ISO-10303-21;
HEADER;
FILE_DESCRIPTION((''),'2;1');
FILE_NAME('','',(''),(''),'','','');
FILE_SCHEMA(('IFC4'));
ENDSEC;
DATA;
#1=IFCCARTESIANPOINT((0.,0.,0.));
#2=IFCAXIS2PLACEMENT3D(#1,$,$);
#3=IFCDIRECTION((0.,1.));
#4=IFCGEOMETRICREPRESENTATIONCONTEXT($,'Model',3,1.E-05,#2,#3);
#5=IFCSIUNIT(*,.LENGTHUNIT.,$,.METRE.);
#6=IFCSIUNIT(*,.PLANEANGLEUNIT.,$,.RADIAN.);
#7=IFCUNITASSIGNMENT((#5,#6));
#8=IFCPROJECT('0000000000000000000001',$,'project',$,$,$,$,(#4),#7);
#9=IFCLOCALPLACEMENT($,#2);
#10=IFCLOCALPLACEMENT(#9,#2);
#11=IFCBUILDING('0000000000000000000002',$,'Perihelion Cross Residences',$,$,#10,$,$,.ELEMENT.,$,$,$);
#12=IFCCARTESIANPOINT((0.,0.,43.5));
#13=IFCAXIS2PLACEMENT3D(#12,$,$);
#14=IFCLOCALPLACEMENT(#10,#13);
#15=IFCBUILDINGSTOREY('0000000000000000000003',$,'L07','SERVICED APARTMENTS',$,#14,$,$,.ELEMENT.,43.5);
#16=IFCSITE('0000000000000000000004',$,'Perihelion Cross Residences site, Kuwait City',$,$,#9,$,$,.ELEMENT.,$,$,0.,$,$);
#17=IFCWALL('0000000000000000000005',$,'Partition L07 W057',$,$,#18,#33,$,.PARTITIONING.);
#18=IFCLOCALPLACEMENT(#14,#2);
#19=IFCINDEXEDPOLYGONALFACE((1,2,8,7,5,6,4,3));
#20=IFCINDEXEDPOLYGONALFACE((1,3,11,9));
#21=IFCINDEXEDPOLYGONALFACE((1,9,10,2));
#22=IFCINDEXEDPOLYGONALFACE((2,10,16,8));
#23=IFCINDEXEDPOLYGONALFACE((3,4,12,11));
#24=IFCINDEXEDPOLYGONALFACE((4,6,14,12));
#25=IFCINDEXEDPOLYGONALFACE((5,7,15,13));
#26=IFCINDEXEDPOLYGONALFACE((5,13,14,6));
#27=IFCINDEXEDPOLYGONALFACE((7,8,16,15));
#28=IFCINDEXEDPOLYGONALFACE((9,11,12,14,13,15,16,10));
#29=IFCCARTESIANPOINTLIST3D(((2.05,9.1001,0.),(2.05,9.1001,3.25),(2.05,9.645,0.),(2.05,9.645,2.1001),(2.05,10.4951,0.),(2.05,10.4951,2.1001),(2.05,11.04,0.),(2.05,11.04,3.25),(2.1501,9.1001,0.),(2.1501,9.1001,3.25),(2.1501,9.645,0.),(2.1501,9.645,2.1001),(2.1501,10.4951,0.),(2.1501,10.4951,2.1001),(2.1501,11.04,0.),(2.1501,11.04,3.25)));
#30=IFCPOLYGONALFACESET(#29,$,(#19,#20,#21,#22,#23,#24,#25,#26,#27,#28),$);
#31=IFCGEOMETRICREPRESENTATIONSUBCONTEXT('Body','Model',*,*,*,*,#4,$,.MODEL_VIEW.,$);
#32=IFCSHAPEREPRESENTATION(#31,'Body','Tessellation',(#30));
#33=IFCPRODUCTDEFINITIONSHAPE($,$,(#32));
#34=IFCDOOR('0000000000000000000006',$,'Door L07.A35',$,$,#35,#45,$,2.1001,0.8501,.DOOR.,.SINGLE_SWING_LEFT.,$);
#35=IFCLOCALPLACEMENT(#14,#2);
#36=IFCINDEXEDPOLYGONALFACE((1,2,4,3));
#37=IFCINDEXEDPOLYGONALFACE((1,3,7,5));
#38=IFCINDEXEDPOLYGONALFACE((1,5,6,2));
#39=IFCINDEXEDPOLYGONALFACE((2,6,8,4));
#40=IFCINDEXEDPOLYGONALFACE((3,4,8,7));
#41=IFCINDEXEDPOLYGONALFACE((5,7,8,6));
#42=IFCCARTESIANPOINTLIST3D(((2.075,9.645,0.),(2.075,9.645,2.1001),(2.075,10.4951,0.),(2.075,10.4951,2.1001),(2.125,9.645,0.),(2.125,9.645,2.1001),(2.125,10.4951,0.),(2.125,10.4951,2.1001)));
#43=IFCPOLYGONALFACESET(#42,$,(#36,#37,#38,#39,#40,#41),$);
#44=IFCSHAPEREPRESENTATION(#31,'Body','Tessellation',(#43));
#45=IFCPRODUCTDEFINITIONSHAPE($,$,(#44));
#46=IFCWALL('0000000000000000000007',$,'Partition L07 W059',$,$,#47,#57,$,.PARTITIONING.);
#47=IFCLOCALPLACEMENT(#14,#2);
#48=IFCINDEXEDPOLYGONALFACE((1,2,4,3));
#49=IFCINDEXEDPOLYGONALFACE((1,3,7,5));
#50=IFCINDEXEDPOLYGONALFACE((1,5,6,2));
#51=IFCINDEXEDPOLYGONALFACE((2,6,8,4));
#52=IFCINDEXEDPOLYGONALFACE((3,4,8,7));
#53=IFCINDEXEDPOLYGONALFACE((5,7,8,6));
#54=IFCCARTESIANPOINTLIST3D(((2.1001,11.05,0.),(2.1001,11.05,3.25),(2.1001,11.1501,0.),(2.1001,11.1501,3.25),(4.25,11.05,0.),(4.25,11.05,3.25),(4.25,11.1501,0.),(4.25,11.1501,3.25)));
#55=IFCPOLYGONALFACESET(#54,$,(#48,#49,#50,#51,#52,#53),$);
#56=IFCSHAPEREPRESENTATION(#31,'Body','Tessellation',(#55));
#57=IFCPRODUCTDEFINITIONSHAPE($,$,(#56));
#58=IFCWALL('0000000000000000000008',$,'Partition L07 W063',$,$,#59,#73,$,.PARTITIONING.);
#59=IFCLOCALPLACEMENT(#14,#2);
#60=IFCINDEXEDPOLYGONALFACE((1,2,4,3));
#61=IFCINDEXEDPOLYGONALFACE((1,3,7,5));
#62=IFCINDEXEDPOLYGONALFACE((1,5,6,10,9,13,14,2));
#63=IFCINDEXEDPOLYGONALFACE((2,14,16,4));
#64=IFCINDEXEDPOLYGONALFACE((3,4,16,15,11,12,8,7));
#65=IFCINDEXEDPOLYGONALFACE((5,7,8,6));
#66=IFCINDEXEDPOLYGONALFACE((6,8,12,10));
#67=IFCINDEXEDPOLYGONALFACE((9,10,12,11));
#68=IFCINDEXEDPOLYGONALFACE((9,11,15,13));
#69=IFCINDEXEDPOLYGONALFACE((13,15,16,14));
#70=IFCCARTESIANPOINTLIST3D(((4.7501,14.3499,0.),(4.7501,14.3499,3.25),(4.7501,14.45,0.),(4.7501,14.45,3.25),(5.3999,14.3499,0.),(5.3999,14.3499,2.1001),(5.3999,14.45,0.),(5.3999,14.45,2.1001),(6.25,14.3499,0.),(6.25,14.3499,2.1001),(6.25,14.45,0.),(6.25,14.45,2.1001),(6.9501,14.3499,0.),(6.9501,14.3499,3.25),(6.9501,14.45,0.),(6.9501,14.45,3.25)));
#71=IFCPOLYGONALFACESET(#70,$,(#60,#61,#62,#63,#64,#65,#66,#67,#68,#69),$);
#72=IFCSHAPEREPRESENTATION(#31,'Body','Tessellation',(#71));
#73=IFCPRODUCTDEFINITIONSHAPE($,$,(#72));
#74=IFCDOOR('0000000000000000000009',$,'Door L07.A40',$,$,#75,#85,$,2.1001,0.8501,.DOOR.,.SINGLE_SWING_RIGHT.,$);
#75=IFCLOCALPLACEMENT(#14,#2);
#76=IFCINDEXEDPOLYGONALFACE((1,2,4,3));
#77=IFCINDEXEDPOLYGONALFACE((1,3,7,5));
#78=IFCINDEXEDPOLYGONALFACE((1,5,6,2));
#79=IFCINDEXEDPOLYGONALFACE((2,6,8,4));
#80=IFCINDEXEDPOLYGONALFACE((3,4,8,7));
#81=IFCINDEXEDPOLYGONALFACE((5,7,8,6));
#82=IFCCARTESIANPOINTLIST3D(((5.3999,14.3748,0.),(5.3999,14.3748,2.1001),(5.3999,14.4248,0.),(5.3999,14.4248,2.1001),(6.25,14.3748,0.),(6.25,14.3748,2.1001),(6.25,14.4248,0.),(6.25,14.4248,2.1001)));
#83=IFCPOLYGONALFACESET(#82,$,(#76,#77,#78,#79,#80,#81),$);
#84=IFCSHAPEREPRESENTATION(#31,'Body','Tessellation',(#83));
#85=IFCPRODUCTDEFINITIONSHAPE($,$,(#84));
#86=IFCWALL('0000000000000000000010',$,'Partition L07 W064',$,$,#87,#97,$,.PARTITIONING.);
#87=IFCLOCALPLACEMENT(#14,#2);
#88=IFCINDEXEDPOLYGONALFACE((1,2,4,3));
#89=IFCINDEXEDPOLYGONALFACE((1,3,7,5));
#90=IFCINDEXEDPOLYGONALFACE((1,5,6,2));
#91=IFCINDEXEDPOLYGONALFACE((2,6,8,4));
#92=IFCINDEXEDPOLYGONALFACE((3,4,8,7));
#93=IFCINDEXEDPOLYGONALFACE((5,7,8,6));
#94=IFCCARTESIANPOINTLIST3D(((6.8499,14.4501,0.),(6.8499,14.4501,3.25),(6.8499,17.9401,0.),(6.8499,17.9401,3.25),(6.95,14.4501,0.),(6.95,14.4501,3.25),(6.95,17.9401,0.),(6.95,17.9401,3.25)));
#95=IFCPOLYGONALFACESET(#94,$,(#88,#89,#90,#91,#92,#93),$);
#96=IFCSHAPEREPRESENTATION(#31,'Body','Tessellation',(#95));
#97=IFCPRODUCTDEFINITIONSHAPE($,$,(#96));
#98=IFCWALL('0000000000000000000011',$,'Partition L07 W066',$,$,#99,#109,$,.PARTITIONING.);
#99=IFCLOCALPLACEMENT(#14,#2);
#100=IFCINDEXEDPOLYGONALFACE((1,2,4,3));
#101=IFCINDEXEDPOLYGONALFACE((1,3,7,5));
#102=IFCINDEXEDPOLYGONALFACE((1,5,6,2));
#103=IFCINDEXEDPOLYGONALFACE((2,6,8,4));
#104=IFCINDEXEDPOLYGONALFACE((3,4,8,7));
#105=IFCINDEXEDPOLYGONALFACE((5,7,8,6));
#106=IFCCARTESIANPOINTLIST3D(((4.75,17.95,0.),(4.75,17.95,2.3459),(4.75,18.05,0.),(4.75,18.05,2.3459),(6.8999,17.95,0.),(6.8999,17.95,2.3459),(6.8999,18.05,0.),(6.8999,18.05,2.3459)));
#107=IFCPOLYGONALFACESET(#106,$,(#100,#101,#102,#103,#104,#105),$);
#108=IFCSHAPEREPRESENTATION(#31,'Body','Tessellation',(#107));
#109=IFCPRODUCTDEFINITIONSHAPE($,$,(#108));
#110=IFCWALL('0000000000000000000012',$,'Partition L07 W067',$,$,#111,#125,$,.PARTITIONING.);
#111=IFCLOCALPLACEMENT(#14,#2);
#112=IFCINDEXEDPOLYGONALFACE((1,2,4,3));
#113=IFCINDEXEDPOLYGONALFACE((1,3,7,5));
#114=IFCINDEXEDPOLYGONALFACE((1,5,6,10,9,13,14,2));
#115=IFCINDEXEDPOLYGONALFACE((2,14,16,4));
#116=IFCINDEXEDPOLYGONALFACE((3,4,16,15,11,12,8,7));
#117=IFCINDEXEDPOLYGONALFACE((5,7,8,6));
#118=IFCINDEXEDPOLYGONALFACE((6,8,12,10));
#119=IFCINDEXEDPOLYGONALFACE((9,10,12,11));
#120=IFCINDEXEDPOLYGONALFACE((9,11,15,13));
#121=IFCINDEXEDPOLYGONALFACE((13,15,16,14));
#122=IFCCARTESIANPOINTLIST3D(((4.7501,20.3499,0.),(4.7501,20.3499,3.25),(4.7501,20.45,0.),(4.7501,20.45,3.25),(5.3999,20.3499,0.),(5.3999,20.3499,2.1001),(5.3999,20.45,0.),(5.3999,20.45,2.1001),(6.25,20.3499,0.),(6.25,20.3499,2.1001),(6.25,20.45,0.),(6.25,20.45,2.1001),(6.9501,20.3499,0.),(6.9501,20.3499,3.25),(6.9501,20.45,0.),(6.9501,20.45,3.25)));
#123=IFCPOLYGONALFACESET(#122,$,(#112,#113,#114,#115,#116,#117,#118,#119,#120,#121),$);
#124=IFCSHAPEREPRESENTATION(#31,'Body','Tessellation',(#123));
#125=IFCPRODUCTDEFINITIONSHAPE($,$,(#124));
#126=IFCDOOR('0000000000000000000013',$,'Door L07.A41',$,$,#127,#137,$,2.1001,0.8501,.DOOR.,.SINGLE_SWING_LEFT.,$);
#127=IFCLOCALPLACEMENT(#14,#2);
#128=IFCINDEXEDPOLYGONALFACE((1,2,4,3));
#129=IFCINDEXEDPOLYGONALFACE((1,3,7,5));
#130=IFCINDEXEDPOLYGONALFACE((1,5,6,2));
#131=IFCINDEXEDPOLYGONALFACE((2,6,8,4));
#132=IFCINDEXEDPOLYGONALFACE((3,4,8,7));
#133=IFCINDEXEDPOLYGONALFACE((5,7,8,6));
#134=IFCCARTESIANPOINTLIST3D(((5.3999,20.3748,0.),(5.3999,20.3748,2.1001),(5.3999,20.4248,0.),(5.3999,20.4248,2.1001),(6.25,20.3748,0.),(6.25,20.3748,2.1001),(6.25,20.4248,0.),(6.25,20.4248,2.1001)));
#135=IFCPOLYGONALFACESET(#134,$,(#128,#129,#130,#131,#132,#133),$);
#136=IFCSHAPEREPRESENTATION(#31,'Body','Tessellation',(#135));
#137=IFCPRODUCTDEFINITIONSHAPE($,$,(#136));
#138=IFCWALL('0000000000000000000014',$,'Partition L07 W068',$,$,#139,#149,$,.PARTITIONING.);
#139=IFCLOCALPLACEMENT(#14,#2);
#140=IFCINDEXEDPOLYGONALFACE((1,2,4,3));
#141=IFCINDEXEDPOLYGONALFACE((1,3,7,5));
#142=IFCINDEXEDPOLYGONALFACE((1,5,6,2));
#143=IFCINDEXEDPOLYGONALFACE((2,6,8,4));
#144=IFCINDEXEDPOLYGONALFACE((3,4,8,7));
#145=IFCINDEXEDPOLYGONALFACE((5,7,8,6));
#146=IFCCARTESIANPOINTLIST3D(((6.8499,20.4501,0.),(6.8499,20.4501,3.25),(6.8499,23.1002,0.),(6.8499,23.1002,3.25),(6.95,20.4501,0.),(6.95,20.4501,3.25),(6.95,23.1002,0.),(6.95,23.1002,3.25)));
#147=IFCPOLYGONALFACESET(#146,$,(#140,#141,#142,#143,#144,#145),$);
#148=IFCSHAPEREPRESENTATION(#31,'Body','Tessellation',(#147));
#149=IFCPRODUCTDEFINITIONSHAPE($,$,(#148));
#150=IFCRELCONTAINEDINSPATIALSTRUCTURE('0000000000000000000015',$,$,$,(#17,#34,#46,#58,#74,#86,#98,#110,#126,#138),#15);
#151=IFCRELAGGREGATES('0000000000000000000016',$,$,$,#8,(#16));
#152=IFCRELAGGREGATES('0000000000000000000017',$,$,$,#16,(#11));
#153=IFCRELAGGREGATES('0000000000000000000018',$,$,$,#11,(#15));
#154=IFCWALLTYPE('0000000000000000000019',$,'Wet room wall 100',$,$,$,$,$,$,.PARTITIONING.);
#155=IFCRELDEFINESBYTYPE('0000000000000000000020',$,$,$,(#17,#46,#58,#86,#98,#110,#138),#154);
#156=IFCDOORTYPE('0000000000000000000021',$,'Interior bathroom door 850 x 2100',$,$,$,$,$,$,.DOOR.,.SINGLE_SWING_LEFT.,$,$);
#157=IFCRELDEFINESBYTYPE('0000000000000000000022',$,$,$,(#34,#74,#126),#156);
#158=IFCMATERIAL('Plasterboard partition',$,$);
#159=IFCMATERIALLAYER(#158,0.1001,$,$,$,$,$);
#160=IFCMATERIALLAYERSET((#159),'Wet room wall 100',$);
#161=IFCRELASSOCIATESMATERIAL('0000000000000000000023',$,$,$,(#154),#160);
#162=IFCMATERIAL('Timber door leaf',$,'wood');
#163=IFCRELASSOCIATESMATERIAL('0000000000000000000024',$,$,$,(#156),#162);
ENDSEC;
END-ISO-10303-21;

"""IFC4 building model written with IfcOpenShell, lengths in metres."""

from ifc_helpers import new_model, si_unit, direction, frame, frame_2d, origin, place, context, subcontext, project, spatial, rectangle, extrude, material, layer, layer_set, type_object, element, fill, save


model = new_model("IFC4")

# Units and contexts
model_context = context("Model", 3, precision=1e-05, world=origin(), true_north=direction((0.0, 1.0)))
body_context = subcontext(model_context, "Body", "Model", "MODEL_VIEW")
ifc_project = project(units=[si_unit("LENGTHUNIT", "METRE"), si_unit("PLANEANGLEUNIT", "RADIAN")], contexts=[model_context])

# Site, building, storey
site_placement = place(None, origin())
site = spatial("IfcSite", under=ifc_project, at=site_placement, Name="Perihelion Cross Residences site, Kuwait City", CompositionType="ELEMENT", RefElevation=0.0)
building_placement = place(site_placement, origin())
building = spatial("IfcBuilding", under=site, at=building_placement, Name="Perihelion Cross Residences", CompositionType="ELEMENT")
storey_placement = place(building_placement, frame((0.0, 0.0, 43.5)))
storey = spatial("IfcBuildingStorey", under=building, at=storey_placement, Name="L07", Description="SERVICED APARTMENTS", CompositionType="ELEMENT", Elevation=43.5)

# Wall, opening, door
ifc_material_1 = material(Name="Plasterboard partition")
ifc_layer_1 = layer(ifc_material_1, 0.1001)
ifc_layer_set_1 = layer_set([ifc_layer_1], Name="Wet room wall 100")
wall_type_1 = type_object("IfcWallType", Name="Wet room wall 100", PredefinedType="PARTITIONING", material=ifc_layer_set_1)
wall_1_placement = place(storey_placement, frame((2.1001, 11.04, 0.0), z_axis=(0.0, 0.0, 1.0), x_axis=(0.0, -1.0, 0.0)))
wall_1 = element("IfcWall", 1, at=wall_1_placement, inside=storey, type_object=wall_type_1, Name="Partition L07 W057", PredefinedType="PARTITIONING", context=body_context, shape_type="SweptSolid", body=[
    extrude(rectangle(XDim=1.9399, YDim=0.1001, at=frame_2d((0.97, 0.0))), origin(), (0.0, 0.0, 1.0), 3.25),
])
opening_1_placement = place(wall_1_placement, frame((0.5449, 0.0, 0.0)))
opening_1 = element("IfcOpeningElement", 2, at=opening_1_placement, cuts=wall_1, PredefinedType="OPENING", context=body_context, shape_type="SweptSolid", body=[
    extrude(rectangle(XDim=0.8501, YDim=2.1001, at=frame_2d((0.425, 1.05))), frame((0.0, 0.0601, 0.0), z_axis=(0.0, -1.0, 0.0), x_axis=(1.0, 0.0, 0.0)), (0.0, 0.0, 1.0), 0.1201),
])
ifc_material_2 = material(Name="Timber door leaf", Category="wood")
door_type_1 = type_object("IfcDoorType", Name="Interior bathroom door 850 x 2100", OperationType="SINGLE_SWING_LEFT", PredefinedType="DOOR", material=ifc_material_2)
door_1_placement = place(opening_1_placement, origin())
door_1 = element("IfcDoor", 3, at=door_1_placement, inside=storey, type_object=door_type_1, Name="Door L07.A35", OperationType="SINGLE_SWING_LEFT", OverallHeight=2.1001, OverallWidth=0.8501, PredefinedType="DOOR", context=body_context, shape_type="SweptSolid", body=[
    extrude(rectangle(XDim=0.8501, YDim=2.1001, at=frame_2d((0.425, 1.05))), frame((0.0, 0.0249, 0.0), z_axis=(0.0, -1.0, 0.0), x_axis=(1.0, 0.0, 0.0)), (0.0, 0.0, 1.0), 0.05),
])
fill(opening_1, door_1)

# Wall
wall_2_placement = place(storey_placement, frame((2.1001, 11.1001, 0.0), z_axis=(0.0, 0.0, 1.0), x_axis=(1.0, 0.0, 0.0)))
element("IfcWall", 4, at=wall_2_placement, inside=storey, type_object=wall_type_1, Name="Partition L07 W059", PredefinedType="PARTITIONING", context=body_context, shape_type="SweptSolid", body=[
    extrude(rectangle(XDim=2.1499, YDim=0.1001, at=frame_2d((1.075, 0.0))), origin(), (0.0, 0.0, 1.0), 3.25),
])

# Wall, opening, door
wall_3_placement = place(storey_placement, frame((4.75, 14.3999, 0.0), z_axis=(0.0, 0.0, 1.0), x_axis=(1.0, 0.0, 0.0)))
wall_3 = element("IfcWall", 5, at=wall_3_placement, inside=storey, type_object=wall_type_1, Name="Partition L07 W063", PredefinedType="PARTITIONING", context=body_context, shape_type="SweptSolid", body=[
    extrude(rectangle(XDim=2.2, YDim=0.1001, at=frame_2d((1.1001, 0.0))), origin(), (0.0, 0.0, 1.0), 3.25),
])
opening_2_placement = place(wall_3_placement, frame((0.6499, 0.0, 0.0)))
opening_2 = element("IfcOpeningElement", 6, at=opening_2_placement, cuts=wall_3, PredefinedType="OPENING", context=body_context, shape_type="SweptSolid", body=[
    extrude(rectangle(XDim=0.8501, YDim=2.1001, at=frame_2d((0.425, 1.05))), frame((0.0, 0.0601, 0.0), z_axis=(0.0, -1.0, 0.0), x_axis=(1.0, 0.0, 0.0)), (0.0, 0.0, 1.0), 0.1201),
])
door_2_placement = place(opening_2_placement, origin())
door_2 = element("IfcDoor", 7, at=door_2_placement, inside=storey, type_object=door_type_1, Name="Door L07.A40", OperationType="SINGLE_SWING_RIGHT", OverallHeight=2.1001, OverallWidth=0.8501, PredefinedType="DOOR", context=body_context, shape_type="SweptSolid", body=[
    extrude(rectangle(XDim=0.8501, YDim=2.1001, at=frame_2d((0.425, 1.05))), frame((0.0, 0.0249, 0.0), z_axis=(0.0, -1.0, 0.0), x_axis=(1.0, 0.0, 0.0)), (0.0, 0.0, 1.0), 0.05),
])
fill(opening_2, door_2)

# Walls
wall_4_placement = place(storey_placement, frame((6.8999, 14.45, 0.0), z_axis=(0.0, 0.0, 1.0), x_axis=(0.0, 1.0, 0.0)))
element("IfcWall", 8, at=wall_4_placement, inside=storey, type_object=wall_type_1, Name="Partition L07 W064", PredefinedType="PARTITIONING", context=body_context, shape_type="SweptSolid", body=[
    extrude(rectangle(XDim=3.49, YDim=0.1001, at=frame_2d((1.7451, 0.0))), origin(), (0.0, 0.0, 1.0), 3.25),
])
wall_5_placement = place(storey_placement, frame((4.75, 18.0, 0.0), z_axis=(0.0, 0.0, 1.0), x_axis=(1.0, 0.0, 0.0)))
element("IfcWall", 9, at=wall_5_placement, inside=storey, type_object=wall_type_1, Name="Partition L07 W066", PredefinedType="PARTITIONING", context=body_context, shape_type="SweptSolid", body=[
    extrude(rectangle(XDim=2.1499, YDim=0.1001, at=frame_2d((1.075, 0.0))), origin(), (0.0, 0.0, 1.0), 2.3459),
])

# Wall, opening, door
wall_6_placement = place(storey_placement, frame((4.75, 20.3999, 0.0), z_axis=(0.0, 0.0, 1.0), x_axis=(1.0, 0.0, 0.0)))
wall_6 = element("IfcWall", 10, at=wall_6_placement, inside=storey, type_object=wall_type_1, Name="Partition L07 W067", PredefinedType="PARTITIONING", context=body_context, shape_type="SweptSolid", body=[
    extrude(rectangle(XDim=2.2, YDim=0.1001, at=frame_2d((1.1001, 0.0))), origin(), (0.0, 0.0, 1.0), 3.25),
])
opening_3_placement = place(wall_6_placement, frame((0.6499, 0.0, 0.0)))
opening_3 = element("IfcOpeningElement", 11, at=opening_3_placement, cuts=wall_6, PredefinedType="OPENING", context=body_context, shape_type="SweptSolid", body=[
    extrude(rectangle(XDim=0.8501, YDim=2.1001, at=frame_2d((0.425, 1.05))), frame((0.0, 0.0601, 0.0), z_axis=(0.0, -1.0, 0.0), x_axis=(1.0, 0.0, 0.0)), (0.0, 0.0, 1.0), 0.1201),
])
door_3_placement = place(opening_3_placement, origin())
door_3 = element("IfcDoor", 12, at=door_3_placement, inside=storey, type_object=door_type_1, Name="Door L07.A41", OperationType="SINGLE_SWING_LEFT", OverallHeight=2.1001, OverallWidth=0.8501, PredefinedType="DOOR", context=body_context, shape_type="SweptSolid", body=[
    extrude(rectangle(XDim=0.8501, YDim=2.1001, at=frame_2d((0.425, 1.05))), frame((0.0, 0.0249, 0.0), z_axis=(0.0, -1.0, 0.0), x_axis=(1.0, 0.0, 0.0)), (0.0, 0.0, 1.0), 0.05),
])
fill(opening_3, door_3)

# Wall
wall_7_placement = place(storey_placement, frame((6.8999, 20.45, 0.0), z_axis=(0.0, 0.0, 1.0), x_axis=(0.0, 1.0, 0.0)))
element("IfcWall", 13, at=wall_7_placement, inside=storey, type_object=wall_type_1, Name="Partition L07 W068", PredefinedType="PARTITIONING", context=body_context, shape_type="SweptSolid", body=[
    extrude(rectangle(XDim=2.6501, YDim=0.1001, at=frame_2d((1.3252, 0.0))), origin(), (0.0, 0.0, 1.0), 3.25),
])

save(model, "model.ifc")
